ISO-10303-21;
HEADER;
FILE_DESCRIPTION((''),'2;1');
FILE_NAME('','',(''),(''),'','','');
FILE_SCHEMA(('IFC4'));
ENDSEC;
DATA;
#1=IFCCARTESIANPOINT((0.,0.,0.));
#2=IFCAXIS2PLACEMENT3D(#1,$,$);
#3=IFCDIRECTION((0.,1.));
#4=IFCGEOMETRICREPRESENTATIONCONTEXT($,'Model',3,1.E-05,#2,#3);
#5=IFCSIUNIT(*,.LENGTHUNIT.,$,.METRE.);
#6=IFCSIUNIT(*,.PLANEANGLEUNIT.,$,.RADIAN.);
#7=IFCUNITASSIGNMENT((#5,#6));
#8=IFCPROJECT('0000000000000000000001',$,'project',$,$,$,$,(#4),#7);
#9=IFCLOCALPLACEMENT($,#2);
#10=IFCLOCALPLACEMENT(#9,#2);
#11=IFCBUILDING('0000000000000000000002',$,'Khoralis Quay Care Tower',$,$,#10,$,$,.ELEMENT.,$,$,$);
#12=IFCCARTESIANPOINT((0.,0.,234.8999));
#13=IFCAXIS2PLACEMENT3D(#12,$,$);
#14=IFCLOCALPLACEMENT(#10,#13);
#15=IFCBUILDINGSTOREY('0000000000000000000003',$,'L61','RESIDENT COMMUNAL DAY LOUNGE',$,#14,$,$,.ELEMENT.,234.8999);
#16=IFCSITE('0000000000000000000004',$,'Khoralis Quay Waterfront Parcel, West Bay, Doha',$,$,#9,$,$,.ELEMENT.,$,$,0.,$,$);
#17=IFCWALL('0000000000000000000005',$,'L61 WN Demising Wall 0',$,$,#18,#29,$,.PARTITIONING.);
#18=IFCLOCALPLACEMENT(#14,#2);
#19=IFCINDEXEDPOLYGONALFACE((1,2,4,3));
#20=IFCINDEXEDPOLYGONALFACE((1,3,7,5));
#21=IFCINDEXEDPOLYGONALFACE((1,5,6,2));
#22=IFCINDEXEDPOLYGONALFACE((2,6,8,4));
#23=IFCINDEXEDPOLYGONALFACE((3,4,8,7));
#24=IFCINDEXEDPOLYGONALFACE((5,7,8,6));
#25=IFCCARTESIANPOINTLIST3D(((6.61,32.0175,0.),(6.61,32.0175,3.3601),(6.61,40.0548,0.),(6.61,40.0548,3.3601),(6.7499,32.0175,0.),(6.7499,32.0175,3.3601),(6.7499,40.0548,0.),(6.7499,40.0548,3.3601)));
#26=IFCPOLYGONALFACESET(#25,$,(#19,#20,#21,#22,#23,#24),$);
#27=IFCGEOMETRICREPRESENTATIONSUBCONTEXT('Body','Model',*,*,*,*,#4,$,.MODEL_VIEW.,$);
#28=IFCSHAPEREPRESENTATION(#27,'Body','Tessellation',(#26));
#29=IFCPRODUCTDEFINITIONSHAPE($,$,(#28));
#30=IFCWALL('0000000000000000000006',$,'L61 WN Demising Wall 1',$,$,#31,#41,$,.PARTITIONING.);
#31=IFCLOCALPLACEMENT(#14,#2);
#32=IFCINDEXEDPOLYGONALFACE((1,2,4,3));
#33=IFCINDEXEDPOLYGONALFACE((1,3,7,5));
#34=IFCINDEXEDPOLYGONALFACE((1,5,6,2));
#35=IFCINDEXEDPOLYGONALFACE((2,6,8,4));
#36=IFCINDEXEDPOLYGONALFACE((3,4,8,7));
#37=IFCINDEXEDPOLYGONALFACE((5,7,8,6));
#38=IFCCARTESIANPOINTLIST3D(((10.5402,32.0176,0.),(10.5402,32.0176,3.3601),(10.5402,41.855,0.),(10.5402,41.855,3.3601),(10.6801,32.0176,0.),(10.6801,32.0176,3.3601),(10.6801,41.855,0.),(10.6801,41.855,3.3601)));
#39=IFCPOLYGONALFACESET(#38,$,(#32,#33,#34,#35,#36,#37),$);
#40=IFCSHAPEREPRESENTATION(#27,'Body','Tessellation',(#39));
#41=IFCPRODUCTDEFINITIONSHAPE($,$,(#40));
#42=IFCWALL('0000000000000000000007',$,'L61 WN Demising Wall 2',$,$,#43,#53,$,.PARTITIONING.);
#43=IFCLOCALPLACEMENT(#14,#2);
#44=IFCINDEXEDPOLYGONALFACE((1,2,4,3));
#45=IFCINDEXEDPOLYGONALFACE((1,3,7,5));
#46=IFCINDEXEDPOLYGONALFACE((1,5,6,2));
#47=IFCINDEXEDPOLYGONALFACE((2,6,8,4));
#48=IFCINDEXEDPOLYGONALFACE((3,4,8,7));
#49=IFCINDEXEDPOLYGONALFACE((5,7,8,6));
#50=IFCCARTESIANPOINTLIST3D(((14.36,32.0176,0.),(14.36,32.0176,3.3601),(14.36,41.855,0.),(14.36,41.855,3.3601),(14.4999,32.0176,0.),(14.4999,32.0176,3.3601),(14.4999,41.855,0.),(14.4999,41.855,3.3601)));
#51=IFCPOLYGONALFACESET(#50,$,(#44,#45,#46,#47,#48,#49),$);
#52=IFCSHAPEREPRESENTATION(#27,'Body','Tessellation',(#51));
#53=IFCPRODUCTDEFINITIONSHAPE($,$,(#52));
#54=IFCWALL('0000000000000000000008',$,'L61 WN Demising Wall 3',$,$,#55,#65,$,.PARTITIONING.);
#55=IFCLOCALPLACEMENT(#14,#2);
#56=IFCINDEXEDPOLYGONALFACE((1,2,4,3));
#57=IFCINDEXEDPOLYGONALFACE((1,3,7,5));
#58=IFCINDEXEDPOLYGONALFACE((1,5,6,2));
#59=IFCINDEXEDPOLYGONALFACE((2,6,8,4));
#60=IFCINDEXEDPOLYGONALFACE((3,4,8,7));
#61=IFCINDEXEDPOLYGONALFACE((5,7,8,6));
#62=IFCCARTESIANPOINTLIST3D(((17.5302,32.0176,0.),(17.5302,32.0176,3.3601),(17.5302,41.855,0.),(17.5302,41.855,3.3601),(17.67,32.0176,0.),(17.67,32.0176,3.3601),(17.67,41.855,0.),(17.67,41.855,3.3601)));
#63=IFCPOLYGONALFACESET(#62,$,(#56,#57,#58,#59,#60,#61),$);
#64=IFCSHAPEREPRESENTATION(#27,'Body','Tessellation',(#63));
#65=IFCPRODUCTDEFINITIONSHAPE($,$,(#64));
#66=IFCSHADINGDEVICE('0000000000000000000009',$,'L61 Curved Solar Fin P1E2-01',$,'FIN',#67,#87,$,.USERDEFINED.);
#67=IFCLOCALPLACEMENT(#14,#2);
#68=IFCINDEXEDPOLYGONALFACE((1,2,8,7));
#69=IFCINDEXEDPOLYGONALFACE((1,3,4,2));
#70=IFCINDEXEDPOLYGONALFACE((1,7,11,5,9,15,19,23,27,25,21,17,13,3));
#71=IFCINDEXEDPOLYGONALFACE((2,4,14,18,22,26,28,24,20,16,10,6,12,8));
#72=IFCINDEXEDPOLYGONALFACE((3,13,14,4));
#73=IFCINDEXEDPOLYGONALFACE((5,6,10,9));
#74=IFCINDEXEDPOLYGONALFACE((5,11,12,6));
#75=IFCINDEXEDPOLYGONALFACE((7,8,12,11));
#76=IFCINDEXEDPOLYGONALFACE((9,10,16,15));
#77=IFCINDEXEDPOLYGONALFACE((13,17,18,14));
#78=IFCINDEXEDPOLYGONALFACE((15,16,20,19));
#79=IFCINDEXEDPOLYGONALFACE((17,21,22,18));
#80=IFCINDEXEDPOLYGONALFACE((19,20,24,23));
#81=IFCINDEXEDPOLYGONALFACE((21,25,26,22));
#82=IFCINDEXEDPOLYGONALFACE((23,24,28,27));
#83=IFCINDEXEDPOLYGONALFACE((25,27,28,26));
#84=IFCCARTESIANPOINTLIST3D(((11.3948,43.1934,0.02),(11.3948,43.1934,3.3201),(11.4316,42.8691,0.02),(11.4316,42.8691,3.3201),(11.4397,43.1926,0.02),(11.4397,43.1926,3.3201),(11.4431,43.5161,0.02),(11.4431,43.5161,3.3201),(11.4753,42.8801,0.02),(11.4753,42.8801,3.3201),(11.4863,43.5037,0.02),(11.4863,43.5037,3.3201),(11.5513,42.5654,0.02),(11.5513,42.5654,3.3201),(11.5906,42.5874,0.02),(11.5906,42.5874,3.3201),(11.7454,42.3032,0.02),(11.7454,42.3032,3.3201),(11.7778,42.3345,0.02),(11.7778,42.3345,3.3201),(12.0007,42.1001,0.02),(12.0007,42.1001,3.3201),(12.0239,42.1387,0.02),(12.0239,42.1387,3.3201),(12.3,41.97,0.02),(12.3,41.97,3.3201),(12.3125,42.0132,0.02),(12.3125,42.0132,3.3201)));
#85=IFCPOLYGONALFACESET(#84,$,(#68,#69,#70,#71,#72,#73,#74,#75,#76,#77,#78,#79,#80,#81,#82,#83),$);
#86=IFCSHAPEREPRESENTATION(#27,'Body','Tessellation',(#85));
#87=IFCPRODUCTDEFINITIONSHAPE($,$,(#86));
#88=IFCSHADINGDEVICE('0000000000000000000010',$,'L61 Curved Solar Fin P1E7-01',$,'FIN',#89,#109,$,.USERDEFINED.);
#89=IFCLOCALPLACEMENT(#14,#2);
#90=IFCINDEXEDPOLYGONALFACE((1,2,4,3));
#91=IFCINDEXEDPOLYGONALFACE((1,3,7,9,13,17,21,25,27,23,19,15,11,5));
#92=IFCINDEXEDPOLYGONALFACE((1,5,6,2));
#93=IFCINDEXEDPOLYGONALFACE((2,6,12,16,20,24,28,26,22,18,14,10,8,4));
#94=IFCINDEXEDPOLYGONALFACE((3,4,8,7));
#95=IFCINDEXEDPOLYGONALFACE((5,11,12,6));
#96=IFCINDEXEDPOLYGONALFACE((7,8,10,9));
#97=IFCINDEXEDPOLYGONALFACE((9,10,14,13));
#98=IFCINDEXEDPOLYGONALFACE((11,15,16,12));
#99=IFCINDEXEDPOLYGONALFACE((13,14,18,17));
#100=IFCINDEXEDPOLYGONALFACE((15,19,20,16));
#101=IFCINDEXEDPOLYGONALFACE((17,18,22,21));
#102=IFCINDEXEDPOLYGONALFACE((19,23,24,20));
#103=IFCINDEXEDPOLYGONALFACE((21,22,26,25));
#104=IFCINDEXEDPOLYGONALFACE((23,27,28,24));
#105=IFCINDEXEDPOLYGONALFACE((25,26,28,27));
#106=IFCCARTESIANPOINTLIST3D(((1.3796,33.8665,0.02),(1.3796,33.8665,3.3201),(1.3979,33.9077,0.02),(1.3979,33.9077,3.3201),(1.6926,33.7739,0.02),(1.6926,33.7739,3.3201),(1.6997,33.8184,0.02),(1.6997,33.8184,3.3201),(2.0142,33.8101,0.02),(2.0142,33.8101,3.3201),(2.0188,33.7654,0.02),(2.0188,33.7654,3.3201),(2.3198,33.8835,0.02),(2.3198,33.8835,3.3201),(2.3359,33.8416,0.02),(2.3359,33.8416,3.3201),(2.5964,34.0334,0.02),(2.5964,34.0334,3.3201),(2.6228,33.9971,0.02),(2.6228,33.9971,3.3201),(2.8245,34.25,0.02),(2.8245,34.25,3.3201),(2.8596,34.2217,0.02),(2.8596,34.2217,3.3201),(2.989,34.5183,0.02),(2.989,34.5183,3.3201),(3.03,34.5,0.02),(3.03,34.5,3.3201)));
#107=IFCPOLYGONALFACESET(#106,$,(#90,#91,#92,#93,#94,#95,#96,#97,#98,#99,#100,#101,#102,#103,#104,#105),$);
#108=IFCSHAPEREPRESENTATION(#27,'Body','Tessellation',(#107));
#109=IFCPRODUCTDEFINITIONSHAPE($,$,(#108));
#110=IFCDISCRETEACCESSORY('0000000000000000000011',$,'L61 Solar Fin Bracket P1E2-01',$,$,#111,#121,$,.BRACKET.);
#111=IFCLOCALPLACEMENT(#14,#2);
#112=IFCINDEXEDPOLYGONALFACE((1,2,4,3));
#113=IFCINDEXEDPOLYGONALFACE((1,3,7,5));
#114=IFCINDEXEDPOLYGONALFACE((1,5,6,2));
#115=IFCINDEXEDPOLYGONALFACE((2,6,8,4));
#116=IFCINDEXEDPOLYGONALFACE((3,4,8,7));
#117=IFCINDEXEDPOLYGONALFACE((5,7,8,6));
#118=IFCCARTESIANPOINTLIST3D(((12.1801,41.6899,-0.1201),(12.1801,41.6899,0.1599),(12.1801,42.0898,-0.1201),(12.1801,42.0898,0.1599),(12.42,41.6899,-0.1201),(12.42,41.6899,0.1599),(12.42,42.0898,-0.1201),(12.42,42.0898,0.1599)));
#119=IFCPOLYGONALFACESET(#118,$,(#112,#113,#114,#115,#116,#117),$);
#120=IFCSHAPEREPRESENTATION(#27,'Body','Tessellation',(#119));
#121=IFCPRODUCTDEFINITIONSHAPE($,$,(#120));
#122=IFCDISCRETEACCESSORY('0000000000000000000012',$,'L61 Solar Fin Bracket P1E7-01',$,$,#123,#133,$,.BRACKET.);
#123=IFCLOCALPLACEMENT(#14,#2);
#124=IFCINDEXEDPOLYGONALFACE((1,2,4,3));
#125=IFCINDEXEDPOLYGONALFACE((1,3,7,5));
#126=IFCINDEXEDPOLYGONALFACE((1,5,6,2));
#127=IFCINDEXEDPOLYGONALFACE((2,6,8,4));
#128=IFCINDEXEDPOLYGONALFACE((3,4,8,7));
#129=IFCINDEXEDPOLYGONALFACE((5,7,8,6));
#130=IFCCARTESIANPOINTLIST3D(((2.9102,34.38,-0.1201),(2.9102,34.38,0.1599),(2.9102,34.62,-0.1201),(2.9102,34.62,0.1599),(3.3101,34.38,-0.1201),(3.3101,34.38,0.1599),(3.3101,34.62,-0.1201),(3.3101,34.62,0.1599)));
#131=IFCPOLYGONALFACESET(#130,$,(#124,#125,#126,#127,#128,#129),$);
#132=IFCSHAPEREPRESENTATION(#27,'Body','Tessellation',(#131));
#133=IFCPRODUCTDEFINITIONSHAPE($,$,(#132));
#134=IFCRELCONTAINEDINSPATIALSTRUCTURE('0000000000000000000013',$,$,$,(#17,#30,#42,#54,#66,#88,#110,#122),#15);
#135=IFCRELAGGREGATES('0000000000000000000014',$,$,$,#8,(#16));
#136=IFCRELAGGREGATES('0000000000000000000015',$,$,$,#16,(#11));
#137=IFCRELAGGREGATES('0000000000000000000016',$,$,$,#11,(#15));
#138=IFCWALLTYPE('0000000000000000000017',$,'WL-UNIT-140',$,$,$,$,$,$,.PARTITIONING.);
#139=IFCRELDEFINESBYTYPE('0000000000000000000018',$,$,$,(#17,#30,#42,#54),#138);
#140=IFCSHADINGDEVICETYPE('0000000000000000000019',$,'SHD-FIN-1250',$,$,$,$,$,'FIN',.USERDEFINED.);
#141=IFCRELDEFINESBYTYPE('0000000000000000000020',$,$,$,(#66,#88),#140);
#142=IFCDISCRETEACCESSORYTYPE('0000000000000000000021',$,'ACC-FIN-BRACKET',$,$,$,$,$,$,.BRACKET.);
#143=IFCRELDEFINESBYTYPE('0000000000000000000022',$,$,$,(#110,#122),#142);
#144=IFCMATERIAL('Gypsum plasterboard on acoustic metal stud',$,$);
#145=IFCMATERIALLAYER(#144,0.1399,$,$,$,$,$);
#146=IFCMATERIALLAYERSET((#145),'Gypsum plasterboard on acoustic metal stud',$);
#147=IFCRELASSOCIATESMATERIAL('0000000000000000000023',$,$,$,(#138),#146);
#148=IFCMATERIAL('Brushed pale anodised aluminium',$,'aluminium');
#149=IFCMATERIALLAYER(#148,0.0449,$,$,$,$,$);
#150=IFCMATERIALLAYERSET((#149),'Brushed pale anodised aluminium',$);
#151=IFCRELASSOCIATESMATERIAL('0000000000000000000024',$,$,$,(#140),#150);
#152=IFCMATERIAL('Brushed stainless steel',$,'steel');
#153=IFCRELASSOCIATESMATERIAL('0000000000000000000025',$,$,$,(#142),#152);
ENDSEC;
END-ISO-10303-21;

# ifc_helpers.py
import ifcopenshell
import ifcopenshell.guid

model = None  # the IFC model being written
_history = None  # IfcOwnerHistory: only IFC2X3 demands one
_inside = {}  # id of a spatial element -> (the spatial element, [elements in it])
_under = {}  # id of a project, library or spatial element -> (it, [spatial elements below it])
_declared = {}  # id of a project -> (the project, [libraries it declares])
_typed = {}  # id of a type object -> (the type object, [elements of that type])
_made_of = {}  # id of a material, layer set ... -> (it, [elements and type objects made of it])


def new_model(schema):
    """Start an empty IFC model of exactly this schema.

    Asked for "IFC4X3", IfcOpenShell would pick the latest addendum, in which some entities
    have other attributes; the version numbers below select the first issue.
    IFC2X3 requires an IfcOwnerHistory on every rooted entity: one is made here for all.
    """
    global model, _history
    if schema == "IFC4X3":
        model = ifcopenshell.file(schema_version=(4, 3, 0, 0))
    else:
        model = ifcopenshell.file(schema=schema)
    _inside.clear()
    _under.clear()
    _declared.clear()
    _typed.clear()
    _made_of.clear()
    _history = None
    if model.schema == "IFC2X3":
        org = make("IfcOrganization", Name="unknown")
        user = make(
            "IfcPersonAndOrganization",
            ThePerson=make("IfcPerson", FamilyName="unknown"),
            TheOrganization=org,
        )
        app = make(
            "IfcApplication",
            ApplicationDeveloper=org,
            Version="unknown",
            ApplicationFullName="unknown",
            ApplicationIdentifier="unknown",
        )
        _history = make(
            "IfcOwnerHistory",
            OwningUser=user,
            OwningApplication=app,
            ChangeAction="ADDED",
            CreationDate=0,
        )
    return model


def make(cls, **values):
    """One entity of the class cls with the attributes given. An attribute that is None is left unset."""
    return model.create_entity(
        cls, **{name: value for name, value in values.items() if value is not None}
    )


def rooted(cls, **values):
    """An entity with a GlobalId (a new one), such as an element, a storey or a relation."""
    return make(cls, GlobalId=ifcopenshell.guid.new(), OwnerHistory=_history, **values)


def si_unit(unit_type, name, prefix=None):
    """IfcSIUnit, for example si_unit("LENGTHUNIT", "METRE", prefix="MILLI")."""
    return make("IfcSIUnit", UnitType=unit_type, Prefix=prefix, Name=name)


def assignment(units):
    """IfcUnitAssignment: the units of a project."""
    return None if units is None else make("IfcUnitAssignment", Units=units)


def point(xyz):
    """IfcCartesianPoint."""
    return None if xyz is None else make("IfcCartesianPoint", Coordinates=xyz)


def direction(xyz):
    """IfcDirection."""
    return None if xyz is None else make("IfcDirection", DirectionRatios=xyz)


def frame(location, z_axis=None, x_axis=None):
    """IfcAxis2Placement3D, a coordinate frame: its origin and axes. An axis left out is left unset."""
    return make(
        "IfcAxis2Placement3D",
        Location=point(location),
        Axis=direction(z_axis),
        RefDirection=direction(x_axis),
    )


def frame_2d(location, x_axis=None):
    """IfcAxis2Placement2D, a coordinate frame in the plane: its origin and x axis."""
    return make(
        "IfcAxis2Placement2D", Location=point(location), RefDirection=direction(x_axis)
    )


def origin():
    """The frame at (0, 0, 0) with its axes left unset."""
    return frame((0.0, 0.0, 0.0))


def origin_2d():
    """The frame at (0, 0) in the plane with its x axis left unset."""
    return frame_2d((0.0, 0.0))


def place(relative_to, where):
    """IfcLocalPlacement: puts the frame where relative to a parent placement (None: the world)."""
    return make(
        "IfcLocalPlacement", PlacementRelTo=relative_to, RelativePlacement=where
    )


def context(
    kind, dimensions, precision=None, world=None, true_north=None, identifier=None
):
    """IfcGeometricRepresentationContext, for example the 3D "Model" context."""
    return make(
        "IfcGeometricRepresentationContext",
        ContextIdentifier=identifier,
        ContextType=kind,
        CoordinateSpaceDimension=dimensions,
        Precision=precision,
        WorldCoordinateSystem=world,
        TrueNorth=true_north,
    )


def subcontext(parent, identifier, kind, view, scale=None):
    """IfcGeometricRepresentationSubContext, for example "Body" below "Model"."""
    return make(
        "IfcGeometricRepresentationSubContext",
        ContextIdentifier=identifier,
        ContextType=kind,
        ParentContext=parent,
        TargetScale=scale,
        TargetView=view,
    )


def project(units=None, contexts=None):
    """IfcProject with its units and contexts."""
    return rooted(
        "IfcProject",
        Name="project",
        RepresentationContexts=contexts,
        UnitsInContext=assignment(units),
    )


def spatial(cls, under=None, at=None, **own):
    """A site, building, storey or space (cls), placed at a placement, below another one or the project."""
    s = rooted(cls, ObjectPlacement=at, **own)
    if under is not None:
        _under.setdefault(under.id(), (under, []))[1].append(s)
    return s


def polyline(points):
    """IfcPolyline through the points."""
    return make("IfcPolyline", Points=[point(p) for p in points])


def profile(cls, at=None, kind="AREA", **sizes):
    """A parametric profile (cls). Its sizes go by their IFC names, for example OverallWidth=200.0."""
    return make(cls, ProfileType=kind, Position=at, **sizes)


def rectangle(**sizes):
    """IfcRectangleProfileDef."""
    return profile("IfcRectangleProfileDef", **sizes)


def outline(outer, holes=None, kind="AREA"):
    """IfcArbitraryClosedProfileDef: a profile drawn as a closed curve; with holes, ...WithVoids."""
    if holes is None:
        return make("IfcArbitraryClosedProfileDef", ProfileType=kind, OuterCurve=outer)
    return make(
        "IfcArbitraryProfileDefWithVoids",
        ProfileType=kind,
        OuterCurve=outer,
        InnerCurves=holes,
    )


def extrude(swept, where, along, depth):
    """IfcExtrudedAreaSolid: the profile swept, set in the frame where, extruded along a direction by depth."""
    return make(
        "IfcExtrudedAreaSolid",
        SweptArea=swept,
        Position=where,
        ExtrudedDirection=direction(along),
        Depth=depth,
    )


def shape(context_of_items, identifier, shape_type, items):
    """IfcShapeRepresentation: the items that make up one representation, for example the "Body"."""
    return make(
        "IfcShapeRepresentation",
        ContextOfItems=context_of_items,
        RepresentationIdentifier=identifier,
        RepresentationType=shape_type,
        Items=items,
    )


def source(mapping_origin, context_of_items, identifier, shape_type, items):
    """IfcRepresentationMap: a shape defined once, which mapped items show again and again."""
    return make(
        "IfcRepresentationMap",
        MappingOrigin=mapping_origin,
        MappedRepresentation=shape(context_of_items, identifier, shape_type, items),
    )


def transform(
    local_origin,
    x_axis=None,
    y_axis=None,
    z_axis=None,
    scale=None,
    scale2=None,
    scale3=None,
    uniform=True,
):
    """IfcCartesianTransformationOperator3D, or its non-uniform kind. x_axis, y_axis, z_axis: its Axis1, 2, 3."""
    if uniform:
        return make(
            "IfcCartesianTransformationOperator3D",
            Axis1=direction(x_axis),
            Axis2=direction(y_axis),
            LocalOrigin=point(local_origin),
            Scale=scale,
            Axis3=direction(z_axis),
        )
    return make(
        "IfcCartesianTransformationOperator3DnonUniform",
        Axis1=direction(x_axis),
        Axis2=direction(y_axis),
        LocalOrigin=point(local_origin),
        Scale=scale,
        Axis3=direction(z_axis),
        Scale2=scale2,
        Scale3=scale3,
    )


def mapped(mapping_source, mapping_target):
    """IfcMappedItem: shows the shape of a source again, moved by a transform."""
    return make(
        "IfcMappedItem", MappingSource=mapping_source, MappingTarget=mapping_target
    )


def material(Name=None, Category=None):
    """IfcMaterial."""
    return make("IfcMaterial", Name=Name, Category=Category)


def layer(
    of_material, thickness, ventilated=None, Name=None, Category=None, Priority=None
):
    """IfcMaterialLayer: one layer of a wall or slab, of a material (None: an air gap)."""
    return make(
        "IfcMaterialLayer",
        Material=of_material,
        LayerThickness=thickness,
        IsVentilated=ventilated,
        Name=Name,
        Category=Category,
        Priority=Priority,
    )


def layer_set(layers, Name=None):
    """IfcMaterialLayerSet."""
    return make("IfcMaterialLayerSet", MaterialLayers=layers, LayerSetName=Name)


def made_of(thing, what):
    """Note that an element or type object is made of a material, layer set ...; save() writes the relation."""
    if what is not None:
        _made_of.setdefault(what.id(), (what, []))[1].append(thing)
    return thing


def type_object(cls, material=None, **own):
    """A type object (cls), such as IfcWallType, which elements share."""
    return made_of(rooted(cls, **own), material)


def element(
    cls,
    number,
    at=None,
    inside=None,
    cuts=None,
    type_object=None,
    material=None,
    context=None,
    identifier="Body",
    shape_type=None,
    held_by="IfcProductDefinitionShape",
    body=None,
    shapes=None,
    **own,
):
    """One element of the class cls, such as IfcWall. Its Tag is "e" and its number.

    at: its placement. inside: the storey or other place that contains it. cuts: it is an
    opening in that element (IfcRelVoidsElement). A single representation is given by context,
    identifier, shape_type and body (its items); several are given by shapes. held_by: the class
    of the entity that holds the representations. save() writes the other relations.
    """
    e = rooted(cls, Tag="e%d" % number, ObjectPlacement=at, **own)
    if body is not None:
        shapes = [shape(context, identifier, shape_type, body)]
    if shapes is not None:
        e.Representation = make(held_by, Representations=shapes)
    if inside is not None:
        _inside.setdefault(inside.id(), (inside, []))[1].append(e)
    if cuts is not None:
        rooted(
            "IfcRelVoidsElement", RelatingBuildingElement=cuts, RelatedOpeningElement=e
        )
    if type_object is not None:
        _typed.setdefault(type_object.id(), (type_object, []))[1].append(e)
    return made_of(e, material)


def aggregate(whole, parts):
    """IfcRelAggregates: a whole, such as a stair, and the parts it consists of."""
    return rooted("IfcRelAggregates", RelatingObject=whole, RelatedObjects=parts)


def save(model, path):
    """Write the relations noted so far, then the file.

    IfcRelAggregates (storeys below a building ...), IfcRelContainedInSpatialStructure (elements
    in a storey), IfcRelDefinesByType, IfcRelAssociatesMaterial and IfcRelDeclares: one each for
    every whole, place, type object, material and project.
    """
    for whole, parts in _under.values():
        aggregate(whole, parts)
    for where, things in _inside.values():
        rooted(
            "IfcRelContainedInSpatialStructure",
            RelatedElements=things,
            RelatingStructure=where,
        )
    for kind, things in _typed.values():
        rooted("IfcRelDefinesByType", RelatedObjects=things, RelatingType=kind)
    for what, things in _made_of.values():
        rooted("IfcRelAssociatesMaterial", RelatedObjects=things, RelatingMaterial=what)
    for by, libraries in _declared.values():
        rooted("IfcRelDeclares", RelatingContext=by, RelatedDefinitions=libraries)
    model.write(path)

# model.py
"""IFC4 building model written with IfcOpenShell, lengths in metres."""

from ifc_helpers import new_model, si_unit, direction, frame, frame_2d, origin, origin_2d, place, context, subcontext, project, spatial, polyline, rectangle, outline, extrude, source, transform, mapped, material, layer, layer_set, type_object, element, save


model = new_model("IFC4")

# Units and contexts
model_context = context("Model", 3, precision=1e-05, world=origin(), true_north=direction((0.0, 1.0)))
body_context = subcontext(model_context, "Body", "Model", "MODEL_VIEW")
ifc_project = project(units=[si_unit("LENGTHUNIT", "METRE"), si_unit("PLANEANGLEUNIT", "RADIAN")], contexts=[model_context])

# Site, building, storey
site_placement = place(None, origin())
site = spatial("IfcSite", under=ifc_project, at=site_placement, Name="Khoralis Quay Waterfront Parcel, West Bay, Doha", CompositionType="ELEMENT", RefElevation=0.0)
building_placement = place(site_placement, origin())
building = spatial("IfcBuilding", under=site, at=building_placement, Name="Khoralis Quay Care Tower", CompositionType="ELEMENT")
storey_placement = place(building_placement, frame((0.0, 0.0, 234.8999)))
storey = spatial("IfcBuildingStorey", under=building, at=storey_placement, Name="L61", Description="RESIDENT COMMUNAL DAY LOUNGE", CompositionType="ELEMENT", Elevation=234.8999)

# Walls
ifc_material_1 = material(Name="Gypsum plasterboard on acoustic metal stud")
ifc_layer_1 = layer(ifc_material_1, 0.1399)
ifc_layer_set_1 = layer_set([ifc_layer_1], Name="Gypsum plasterboard on acoustic metal stud")
wall_type_1 = type_object("IfcWallType", Name="WL-UNIT-140", PredefinedType="PARTITIONING", material=ifc_layer_set_1)
wall_1_placement = place(storey_placement, frame((6.6799, 32.0176, 0.0), z_axis=(0.0, 0.0, 1.0), x_axis=(0.0, 1.0, 0.0)))
element("IfcWall", 1, at=wall_1_placement, inside=storey, type_object=wall_type_1, Name="L61 WN Demising Wall 0", PredefinedType="PARTITIONING", context=body_context, shape_type="SweptSolid", body=[
    extrude(rectangle(XDim=8.0374, YDim=0.1399, at=frame_2d((4.0186, 0.0))), origin(), (0.0, 0.0, 1.0), 3.3601),
])
for number, where, z_axis, x_axis, name in (
    (2, (10.6101, 32.0176, 0.0), (0.0, 0.0, 1.0), (0.0, 1.0, 0.0), "L61 WN Demising Wall 1"),
    (3, (14.4299, 32.0176, 0.0), (0.0, 0.0, 1.0), (0.0, 1.0, 0.0), "L61 WN Demising Wall 2"),
    (4, (17.6001, 32.0176, 0.0), (0.0, 0.0, 1.0), (0.0, 1.0, 0.0), "L61 WN Demising Wall 3"),
):
    element("IfcWall", number, at=place(storey_placement, frame(where, z_axis=z_axis, x_axis=x_axis)), inside=storey, type_object=wall_type_1, Name=name, PredefinedType="PARTITIONING", context=body_context, shape_type="SweptSolid", body=[
        extrude(rectangle(XDim=9.8374, YDim=0.1399, at=frame_2d((4.9187, 0.0))), origin(), (0.0, 0.0, 1.0), 3.3601),
    ])

# Shading devices
ifc_material_2 = material(Name="Brushed pale anodised aluminium", Category="aluminium")
ifc_layer_2 = layer(ifc_material_2, 0.0449)
ifc_layer_set_2 = layer_set([ifc_layer_2], Name="Brushed pale anodised aluminium")
shading_device_type = type_object("IfcShadingDeviceType", Name="SHD-FIN-1250", ElementType="FIN", PredefinedType="USERDEFINED", material=ifc_layer_set_2)
shared_shape_1 = source(origin(), body_context, "Body", "SweptSolid", [
    extrude(outline(polyline([(0.0, 0.0), (0.1301, 0.2993), (0.3333, 0.5547), (0.5955, 0.7488), (0.8992, 0.8684), (1.2234, 0.9053), (1.5461, 0.8569), (1.5337, 0.8137), (1.2227, 0.8604), (0.9102, 0.8247), (0.6174, 0.7095), (0.3645, 0.5222), (0.1687, 0.2761), (0.0432, -0.0125), (0.0, 0.0)])), origin(), (0.0, 0.0, 1.0), 3.3),
])
shading_device_1_placement = place(storey_placement, frame((12.3, 41.97, 0.02), z_axis=(0.0, 0.0, 1.0), x_axis=(0.0, 1.0, 0.0)))
element("IfcShadingDevice", 5, at=shading_device_1_placement, inside=storey, type_object=shading_device_type, Name="L61 Curved Solar Fin P1E2-01", ObjectType="FIN", PredefinedType="USERDEFINED", context=body_context, shape_type="MappedRepresentation", body=[
    mapped(shared_shape_1, transform((0.0, 0.0, 0.0), scale=1.0)),
])
shared_shape_2 = source(origin(), body_context, "Body", "SweptSolid", [
    extrude(outline(polyline([(0.0, 0.0), (0.1704, 0.2783), (0.4072, 0.5029), (0.6941, 0.6584), (1.0112, 0.7346), (1.3374, 0.7261), (1.6504, 0.6335), (1.6321, 0.5923), (1.3303, 0.6816), (1.0159, 0.6899), (0.7102, 0.6165), (0.4336, 0.4666), (0.2056, 0.25), (0.041, -0.0183), (0.0, 0.0)])), origin(), (0.0, 0.0, 1.0), 3.3),
])
shading_device_2_placement = place(storey_placement, frame((3.03, 34.5, 0.02), z_axis=(0.0, 0.0, 1.0), x_axis=(-1.0, 0.0, 0.0)))
element("IfcShadingDevice", 6, at=shading_device_2_placement, inside=storey, type_object=shading_device_type, Name="L61 Curved Solar Fin P1E7-01", ObjectType="FIN", PredefinedType="USERDEFINED", context=body_context, shape_type="MappedRepresentation", body=[
    mapped(shared_shape_2, transform((0.0, 0.0, 0.0), scale=1.0)),
])

# Discrete accessories
ifc_material_3 = material(Name="Brushed stainless steel", Category="steel")
discrete_accessory_type = type_object("IfcDiscreteAccessoryType", Name="ACC-FIN-BRACKET", PredefinedType="BRACKET", material=ifc_material_3)
shared_shape_3 = source(origin(), body_context, "Body", "SweptSolid", [
    extrude(rectangle(XDim=0.3999, YDim=0.24, at=origin_2d()), origin(), (0.0, 0.0, 1.0), 0.28),
])
for number, where, z_axis, x_axis, name in (
    (7, (12.3, 41.8899, -0.1201), (0.0, 0.0, 1.0), (0.0, 1.0, 0.0), "L61 Solar Fin Bracket P1E2-01"),
    (8, (3.1101, 34.5, -0.1201), (0.0, 0.0, 1.0), (-1.0, 0.0, 0.0), "L61 Solar Fin Bracket P1E7-01"),
):
    element("IfcDiscreteAccessory", number, at=place(storey_placement, frame(where, z_axis=z_axis, x_axis=x_axis)), inside=storey, type_object=discrete_accessory_type, Name=name, PredefinedType="BRACKET", context=body_context, shape_type="MappedRepresentation", body=[
        mapped(shared_shape_3, transform((0.0, 0.0, 0.0), scale=1.0)),
    ])

save(model, "model.ifc")
